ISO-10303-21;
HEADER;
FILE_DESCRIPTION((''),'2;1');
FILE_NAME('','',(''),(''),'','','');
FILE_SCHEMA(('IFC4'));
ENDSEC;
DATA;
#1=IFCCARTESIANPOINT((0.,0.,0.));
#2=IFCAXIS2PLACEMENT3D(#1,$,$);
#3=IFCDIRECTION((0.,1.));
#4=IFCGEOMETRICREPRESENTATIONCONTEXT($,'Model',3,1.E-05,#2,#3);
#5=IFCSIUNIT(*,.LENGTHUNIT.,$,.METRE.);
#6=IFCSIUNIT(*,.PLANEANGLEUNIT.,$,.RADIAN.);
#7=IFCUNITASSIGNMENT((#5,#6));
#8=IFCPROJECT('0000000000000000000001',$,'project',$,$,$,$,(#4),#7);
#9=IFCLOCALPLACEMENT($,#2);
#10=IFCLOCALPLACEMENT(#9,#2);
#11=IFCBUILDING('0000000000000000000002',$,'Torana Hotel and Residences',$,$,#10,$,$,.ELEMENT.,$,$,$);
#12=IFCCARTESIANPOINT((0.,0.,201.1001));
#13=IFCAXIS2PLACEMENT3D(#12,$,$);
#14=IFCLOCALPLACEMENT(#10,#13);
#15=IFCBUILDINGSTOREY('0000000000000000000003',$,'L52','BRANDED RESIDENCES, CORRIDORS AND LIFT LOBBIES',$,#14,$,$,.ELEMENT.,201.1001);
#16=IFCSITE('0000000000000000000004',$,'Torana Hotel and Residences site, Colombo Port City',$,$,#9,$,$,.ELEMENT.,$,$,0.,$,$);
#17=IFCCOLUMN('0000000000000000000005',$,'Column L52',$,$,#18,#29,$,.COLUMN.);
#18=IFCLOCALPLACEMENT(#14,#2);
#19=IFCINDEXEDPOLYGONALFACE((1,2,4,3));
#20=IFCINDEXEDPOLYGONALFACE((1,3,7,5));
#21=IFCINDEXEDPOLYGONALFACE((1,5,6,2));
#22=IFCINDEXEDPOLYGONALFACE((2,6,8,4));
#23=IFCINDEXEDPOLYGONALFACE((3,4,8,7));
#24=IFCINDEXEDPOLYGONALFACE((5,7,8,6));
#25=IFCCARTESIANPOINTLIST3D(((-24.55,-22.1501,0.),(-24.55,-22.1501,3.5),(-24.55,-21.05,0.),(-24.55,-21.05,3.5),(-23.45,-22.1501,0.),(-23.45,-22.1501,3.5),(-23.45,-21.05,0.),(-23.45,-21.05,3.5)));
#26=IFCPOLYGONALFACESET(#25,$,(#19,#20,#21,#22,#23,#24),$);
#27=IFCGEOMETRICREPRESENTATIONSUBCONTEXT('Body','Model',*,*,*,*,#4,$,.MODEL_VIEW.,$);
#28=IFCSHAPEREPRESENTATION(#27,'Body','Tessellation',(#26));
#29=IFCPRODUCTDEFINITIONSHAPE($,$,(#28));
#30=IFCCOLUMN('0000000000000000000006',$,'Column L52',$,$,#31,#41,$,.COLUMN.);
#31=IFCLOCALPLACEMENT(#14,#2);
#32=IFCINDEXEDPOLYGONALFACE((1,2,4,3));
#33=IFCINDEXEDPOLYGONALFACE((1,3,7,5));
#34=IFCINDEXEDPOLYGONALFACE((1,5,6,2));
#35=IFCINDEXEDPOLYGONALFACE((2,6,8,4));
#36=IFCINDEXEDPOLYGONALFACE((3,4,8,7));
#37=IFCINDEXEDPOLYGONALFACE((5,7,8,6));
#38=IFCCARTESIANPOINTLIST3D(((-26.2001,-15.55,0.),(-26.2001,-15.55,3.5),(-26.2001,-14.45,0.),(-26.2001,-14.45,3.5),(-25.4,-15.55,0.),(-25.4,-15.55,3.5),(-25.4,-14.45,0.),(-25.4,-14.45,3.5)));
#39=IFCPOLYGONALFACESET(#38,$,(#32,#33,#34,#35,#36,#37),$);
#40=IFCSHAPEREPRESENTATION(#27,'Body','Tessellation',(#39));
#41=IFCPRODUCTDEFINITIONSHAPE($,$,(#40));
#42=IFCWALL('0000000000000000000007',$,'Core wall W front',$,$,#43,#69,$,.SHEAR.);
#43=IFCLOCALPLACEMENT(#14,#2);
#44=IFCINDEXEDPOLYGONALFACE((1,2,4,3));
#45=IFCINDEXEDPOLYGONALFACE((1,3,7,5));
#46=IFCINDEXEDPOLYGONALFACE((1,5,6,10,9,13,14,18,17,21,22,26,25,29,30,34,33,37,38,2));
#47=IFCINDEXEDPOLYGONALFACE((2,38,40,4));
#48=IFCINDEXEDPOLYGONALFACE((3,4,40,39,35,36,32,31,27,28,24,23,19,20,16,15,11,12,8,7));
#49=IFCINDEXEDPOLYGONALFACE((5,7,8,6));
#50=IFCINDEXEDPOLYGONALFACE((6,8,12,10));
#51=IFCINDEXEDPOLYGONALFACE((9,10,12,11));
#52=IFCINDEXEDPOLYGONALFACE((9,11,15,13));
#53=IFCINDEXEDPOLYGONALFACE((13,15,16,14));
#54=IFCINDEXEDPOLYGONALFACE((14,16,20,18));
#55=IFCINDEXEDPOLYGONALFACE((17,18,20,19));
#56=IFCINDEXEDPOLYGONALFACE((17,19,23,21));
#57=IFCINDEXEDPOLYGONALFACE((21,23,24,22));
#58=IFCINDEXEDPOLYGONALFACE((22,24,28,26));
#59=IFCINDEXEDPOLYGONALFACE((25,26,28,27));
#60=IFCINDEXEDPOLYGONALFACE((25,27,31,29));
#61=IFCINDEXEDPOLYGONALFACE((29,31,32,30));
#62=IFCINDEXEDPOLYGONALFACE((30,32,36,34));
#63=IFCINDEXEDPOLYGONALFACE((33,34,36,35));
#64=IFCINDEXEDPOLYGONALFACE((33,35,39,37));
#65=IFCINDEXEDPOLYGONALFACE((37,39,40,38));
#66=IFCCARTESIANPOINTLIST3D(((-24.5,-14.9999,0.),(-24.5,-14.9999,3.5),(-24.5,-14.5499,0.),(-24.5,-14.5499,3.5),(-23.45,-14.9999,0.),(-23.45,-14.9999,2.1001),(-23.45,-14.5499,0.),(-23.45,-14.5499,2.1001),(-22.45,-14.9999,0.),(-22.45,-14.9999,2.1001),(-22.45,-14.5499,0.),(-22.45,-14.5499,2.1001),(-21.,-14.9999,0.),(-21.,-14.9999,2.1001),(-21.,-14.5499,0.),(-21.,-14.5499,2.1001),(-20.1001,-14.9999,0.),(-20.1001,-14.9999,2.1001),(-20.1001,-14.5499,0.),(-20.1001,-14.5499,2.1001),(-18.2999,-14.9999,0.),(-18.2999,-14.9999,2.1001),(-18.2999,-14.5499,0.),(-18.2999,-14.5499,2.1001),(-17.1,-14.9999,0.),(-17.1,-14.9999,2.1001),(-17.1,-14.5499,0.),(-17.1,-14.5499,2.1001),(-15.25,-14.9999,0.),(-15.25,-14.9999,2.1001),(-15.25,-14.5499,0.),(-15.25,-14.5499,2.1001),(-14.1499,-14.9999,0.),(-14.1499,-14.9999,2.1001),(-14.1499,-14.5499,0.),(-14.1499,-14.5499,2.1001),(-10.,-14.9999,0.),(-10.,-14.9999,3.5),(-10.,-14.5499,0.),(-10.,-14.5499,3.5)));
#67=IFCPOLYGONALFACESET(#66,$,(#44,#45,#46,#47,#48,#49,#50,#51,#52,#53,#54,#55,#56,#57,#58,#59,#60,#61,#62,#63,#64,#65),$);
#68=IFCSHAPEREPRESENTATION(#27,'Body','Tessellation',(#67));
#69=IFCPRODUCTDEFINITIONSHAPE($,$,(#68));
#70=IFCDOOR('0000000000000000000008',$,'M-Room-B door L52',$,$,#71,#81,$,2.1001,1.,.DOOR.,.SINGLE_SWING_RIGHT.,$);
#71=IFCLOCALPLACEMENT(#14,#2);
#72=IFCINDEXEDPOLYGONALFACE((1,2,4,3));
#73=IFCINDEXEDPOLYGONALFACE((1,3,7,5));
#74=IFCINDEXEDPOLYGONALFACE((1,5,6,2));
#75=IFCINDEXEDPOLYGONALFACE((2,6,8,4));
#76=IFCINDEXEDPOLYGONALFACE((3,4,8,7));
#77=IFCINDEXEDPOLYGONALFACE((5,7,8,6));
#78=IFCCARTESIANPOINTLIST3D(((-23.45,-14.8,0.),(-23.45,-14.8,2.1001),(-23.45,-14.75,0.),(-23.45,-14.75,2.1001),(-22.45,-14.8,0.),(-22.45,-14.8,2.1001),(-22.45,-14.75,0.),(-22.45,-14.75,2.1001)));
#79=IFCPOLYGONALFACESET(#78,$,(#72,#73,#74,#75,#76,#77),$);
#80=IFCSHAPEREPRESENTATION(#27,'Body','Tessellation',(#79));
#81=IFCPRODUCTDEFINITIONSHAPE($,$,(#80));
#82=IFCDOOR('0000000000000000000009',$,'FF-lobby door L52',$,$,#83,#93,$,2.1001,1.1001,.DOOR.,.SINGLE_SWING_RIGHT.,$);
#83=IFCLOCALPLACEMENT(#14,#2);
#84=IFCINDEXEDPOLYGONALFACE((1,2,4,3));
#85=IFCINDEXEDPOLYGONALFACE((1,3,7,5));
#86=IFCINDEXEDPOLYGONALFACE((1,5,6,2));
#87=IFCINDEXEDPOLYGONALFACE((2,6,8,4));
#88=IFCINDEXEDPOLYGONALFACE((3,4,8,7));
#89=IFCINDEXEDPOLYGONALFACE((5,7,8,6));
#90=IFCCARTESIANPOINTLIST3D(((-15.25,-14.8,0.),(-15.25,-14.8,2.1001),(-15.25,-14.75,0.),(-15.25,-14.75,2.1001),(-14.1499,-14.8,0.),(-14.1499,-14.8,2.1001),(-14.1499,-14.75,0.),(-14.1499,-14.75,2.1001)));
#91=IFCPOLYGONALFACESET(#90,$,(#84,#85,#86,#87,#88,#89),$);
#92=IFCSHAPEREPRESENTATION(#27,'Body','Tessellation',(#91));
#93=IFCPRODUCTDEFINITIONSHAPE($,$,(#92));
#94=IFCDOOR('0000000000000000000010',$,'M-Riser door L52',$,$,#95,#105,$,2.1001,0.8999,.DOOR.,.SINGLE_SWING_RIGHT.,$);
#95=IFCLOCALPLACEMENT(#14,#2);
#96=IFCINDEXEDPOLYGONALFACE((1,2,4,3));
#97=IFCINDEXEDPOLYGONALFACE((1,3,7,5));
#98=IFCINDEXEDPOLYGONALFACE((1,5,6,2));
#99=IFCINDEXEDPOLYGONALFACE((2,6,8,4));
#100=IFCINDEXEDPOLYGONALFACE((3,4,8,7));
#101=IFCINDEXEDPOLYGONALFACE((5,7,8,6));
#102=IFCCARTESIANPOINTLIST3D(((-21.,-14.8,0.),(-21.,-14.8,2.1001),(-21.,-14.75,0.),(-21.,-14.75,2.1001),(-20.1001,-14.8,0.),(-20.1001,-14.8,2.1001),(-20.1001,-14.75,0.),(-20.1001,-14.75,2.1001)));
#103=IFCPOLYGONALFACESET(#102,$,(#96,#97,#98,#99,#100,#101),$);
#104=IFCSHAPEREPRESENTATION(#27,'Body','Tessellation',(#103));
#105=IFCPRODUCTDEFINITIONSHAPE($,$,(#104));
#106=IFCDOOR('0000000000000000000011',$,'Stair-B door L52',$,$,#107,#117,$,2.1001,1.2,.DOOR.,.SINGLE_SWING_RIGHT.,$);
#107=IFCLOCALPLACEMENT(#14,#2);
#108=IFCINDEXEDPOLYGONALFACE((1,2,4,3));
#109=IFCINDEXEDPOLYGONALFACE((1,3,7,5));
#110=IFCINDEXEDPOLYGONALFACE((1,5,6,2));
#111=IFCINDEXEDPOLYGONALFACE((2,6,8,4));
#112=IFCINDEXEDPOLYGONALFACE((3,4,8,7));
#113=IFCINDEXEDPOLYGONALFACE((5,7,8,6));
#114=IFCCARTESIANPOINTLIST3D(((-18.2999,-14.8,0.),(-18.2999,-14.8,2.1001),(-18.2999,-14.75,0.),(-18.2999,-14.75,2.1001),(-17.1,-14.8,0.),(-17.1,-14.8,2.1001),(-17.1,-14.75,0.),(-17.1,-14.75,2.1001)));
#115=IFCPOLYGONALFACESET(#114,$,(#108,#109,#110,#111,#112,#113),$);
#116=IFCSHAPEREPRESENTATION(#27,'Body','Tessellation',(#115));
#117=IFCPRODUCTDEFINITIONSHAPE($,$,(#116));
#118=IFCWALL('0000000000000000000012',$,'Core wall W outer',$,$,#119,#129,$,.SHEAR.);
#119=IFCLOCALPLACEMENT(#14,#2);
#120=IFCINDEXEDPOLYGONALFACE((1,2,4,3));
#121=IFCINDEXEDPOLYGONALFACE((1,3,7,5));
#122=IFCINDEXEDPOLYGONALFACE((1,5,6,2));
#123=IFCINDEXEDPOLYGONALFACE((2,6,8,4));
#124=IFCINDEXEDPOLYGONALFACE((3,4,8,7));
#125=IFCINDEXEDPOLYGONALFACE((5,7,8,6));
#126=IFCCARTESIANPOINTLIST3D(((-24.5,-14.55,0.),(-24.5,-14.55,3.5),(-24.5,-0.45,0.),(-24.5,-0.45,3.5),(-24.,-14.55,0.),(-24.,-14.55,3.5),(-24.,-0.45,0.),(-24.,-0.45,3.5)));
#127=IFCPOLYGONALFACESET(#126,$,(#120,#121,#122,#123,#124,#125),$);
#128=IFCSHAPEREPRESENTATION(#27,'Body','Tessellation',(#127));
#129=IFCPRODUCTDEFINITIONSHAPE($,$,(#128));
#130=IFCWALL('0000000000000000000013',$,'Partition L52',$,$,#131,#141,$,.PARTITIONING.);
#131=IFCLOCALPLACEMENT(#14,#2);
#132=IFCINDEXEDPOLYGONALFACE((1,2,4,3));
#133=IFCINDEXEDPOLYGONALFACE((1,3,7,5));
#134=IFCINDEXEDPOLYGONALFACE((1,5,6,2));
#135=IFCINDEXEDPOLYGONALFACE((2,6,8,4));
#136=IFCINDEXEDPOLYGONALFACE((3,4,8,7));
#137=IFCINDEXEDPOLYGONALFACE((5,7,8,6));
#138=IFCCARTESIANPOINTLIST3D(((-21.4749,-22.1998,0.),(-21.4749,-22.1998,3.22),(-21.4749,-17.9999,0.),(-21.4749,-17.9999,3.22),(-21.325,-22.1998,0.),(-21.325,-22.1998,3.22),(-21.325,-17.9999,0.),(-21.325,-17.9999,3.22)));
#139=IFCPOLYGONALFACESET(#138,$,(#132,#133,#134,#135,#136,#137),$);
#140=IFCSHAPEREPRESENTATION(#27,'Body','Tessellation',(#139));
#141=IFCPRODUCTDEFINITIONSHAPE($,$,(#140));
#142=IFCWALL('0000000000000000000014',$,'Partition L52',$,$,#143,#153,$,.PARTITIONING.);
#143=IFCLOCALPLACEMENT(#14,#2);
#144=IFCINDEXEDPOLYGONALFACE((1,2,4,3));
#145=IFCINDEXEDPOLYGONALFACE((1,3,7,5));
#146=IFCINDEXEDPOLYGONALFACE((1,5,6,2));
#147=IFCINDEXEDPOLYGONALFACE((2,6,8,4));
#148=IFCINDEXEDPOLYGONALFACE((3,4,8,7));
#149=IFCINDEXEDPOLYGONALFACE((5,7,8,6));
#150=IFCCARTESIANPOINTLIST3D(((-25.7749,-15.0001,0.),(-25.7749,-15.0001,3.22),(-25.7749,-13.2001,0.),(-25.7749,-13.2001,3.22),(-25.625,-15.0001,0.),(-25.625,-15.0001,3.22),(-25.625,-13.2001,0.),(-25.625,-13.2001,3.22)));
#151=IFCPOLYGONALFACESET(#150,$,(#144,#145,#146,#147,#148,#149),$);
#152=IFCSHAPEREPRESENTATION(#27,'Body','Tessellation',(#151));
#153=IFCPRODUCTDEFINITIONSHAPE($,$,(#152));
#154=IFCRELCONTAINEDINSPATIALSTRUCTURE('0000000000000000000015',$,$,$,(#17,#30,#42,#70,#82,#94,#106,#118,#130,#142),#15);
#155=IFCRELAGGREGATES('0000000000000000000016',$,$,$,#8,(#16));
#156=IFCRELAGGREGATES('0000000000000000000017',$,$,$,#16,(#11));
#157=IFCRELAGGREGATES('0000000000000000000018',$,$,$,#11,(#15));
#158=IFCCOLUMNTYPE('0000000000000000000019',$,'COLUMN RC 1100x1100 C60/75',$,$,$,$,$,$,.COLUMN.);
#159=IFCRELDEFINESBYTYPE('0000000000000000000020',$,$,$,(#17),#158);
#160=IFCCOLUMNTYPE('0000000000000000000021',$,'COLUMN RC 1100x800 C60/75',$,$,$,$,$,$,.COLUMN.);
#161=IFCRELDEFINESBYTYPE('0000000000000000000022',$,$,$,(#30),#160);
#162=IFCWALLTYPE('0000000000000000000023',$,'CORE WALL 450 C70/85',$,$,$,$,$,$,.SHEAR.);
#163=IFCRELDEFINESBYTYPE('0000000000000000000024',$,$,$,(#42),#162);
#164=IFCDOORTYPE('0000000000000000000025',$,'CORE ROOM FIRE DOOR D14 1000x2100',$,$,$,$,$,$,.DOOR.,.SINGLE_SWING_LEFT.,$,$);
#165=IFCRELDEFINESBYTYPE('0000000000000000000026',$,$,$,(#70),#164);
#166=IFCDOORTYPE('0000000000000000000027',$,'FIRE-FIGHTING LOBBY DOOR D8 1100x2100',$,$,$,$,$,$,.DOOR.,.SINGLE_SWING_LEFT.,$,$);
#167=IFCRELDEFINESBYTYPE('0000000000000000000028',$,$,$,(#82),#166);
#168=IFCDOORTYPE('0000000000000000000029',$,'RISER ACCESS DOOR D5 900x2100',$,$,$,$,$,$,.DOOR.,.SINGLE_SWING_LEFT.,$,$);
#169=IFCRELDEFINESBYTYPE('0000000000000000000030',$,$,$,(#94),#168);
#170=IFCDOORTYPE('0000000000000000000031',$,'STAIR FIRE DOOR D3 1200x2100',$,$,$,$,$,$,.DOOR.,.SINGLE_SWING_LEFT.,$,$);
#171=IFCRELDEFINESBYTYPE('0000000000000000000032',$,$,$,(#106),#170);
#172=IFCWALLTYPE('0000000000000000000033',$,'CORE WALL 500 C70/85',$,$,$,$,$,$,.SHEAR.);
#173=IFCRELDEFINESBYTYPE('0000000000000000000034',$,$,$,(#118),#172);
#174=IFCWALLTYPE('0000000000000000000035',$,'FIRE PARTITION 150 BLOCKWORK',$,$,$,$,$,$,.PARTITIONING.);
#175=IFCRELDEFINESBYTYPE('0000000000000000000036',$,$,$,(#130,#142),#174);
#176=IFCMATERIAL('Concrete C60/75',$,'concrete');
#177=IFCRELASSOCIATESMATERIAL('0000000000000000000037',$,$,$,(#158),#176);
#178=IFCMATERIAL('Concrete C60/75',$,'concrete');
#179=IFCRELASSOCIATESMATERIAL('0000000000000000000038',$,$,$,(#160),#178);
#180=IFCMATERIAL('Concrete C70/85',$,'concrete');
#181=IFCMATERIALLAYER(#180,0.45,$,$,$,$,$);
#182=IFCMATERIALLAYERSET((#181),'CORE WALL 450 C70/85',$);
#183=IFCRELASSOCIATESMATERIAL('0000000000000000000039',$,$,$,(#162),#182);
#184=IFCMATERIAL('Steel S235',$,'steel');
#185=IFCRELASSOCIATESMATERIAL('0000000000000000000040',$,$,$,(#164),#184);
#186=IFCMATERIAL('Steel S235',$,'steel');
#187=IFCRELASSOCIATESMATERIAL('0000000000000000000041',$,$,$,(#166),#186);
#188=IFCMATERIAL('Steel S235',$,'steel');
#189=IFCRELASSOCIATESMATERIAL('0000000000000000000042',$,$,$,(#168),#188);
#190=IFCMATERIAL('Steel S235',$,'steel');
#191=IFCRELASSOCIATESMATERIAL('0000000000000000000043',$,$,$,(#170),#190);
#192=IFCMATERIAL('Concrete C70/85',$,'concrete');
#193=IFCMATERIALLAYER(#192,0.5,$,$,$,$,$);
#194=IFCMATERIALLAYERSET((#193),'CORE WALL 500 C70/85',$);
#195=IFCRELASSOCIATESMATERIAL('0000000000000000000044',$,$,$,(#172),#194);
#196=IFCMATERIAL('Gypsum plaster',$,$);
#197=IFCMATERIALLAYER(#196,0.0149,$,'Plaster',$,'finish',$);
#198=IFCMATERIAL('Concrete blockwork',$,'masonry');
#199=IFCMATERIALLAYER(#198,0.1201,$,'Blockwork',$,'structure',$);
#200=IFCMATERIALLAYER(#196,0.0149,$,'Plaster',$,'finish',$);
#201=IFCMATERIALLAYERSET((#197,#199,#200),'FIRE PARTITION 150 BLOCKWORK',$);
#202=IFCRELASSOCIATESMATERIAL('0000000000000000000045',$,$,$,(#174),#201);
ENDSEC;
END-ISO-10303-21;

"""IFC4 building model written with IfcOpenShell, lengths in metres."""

from ifc_helpers import new_model, si_unit, direction, frame, frame_2d, origin, origin_2d, place, context, subcontext, project, spatial, rectangle, extrude, material, layer, layer_set, material_profile, profile_set, type_object, element, fill, save


model = new_model("IFC4")

# Units and contexts
model_context = context("Model", 3, precision=1e-05, world=origin(), true_north=direction((0.0, 1.0)))
body_context = subcontext(model_context, "Body", "Model", "MODEL_VIEW")
ifc_project = project(units=[si_unit("LENGTHUNIT", "METRE"), si_unit("PLANEANGLEUNIT", "RADIAN")], contexts=[model_context])

# Site, building, storey
site_placement = place(None, origin())
site = spatial("IfcSite", under=ifc_project, at=site_placement, Name="Torana Hotel and Residences site, Colombo Port City", CompositionType="ELEMENT", RefElevation=0.0)
building_placement = place(site_placement, origin())
building = spatial("IfcBuilding", under=site, at=building_placement, Name="Torana Hotel and Residences", CompositionType="ELEMENT")
storey_placement = place(building_placement, frame((0.0, 0.0, 201.1001)))
storey = spatial("IfcBuildingStorey", under=building, at=storey_placement, Name="L52", Description="BRANDED RESIDENCES, CORRIDORS AND LIFT LOBBIES", CompositionType="ELEMENT", Elevation=201.1001)

# Columns
ifc_material_1 = material(Name="Concrete C60/75", Category="concrete")
ifc_material_profile_1 = material_profile(ifc_material_1, rectangle(XDim=1.1001, YDim=1.1001, at=origin_2d()), Name="RC 1100x1100")
ifc_profile_set_1 = profile_set([ifc_material_profile_1], Name="Concrete C60/75")
column_type_1 = type_object("IfcColumnType", Name="COLUMN RC 1100x1100 C60/75", PredefinedType="COLUMN", material=ifc_profile_set_1)
column_1_placement = place(storey_placement, frame((-24.0, -21.6001, 0.0), z_axis=(0.0, 0.0, 1.0), x_axis=(1.0, 0.0, 0.0)))
element("IfcColumn", 1, at=column_1_placement, inside=storey, type_object=column_type_1, Name="Column L52", PredefinedType="COLUMN", context=body_context, shape_type="SweptSolid", body=[
    extrude(rectangle(XDim=1.1001, YDim=1.1001, at=origin_2d()), origin(), (0.0, 0.0, 1.0), 3.5),
])
ifc_material_2 = material(Name="Concrete C60/75", Category="concrete")
ifc_material_profile_2 = material_profile(ifc_material_2, rectangle(XDim=1.1001, YDim=0.8, at=origin_2d()), Name="RC 1100x800")
ifc_profile_set_2 = profile_set([ifc_material_profile_2], Name="Concrete C60/75")
column_type_2 = type_object("IfcColumnType", Name="COLUMN RC 1100x800 C60/75", PredefinedType="COLUMN", material=ifc_profile_set_2)
column_2_placement = place(storey_placement, frame((-25.8, -15.0, 0.0), z_axis=(0.0, 0.0, 1.0), x_axis=(0.0, 1.0, 0.0)))
element("IfcColumn", 2, at=column_2_placement, inside=storey, type_object=column_type_2, Name="Column L52", PredefinedType="COLUMN", context=body_context, shape_type="SweptSolid", body=[
    extrude(rectangle(XDim=1.1001, YDim=0.8, at=origin_2d()), origin(), (0.0, 0.0, 1.0), 3.5),
])

# Wall, openings, doors
ifc_material_3 = material(Name="Concrete C70/85", Category="concrete")
ifc_layer_1 = layer(ifc_material_3, 0.45)
ifc_layer_set_1 = layer_set([ifc_layer_1], Name="CORE WALL 450 C70/85")
wall_type_1 = type_object("IfcWallType", Name="CORE WALL 450 C70/85", PredefinedType="SHEAR", material=ifc_layer_set_1)
wall_1_placement = place(storey_placement, frame((-24.5, -14.7749, 0.0), z_axis=(0.0, 0.0, 1.0), x_axis=(1.0, 0.0, 0.0)))
wall_1 = element("IfcWall", 3, at=wall_1_placement, inside=storey, type_object=wall_type_1, Name="Core wall W front", PredefinedType="SHEAR", context=body_context, shape_type="SweptSolid", body=[
    extrude(rectangle(XDim=14.5, YDim=0.45, at=frame_2d((7.25, 0.0))), origin(), (0.0, 0.0, 1.0), 3.5),
])
opening_1_placement = place(wall_1_placement, frame((6.2, 0.0, 0.0)))
opening_1 = element("IfcOpeningElement", 4, at=opening_1_placement, cuts=wall_1, PredefinedType="OPENING", context=body_context, shape_type="SweptSolid", body=[
    extrude(rectangle(XDim=1.2, YDim=2.1001, at=frame_2d((0.6001, 1.05))), frame((0.0, 0.2349, 0.0), z_axis=(0.0, -1.0, 0.0), x_axis=(1.0, 0.0, 0.0)), (0.0, 0.0, 1.0), 0.47),
])
opening_2_placement = place(wall_1_placement, frame((9.25, 0.0, 0.0)))
opening_2 = element("IfcOpeningElement", 5, at=opening_2_placement, cuts=wall_1, PredefinedType="OPENING", context=body_context, shape_type="SweptSolid", body=[
    extrude(rectangle(XDim=1.1001, YDim=2.1001, at=frame_2d((0.55, 1.05))), frame((0.0, 0.2349, 0.0), z_axis=(0.0, -1.0, 0.0), x_axis=(1.0, 0.0, 0.0)), (0.0, 0.0, 1.0), 0.47),
])
opening_3_placement = place(wall_1_placement, frame((3.5, 0.0, 0.0)))
opening_3 = element("IfcOpeningElement", 6, at=opening_3_placement, cuts=wall_1, PredefinedType="OPENING", context=body_context, shape_type="SweptSolid", body=[
    extrude(rectangle(XDim=0.8999, YDim=2.1001, at=frame_2d((0.45, 1.05))), frame((0.0, 0.2349, 0.0), z_axis=(0.0, -1.0, 0.0), x_axis=(1.0, 0.0, 0.0)), (0.0, 0.0, 1.0), 0.47),
])
opening_4_placement = place(wall_1_placement, frame((1.05, 0.0, 0.0)))
opening_4 = element("IfcOpeningElement", 7, at=opening_4_placement, cuts=wall_1, PredefinedType="OPENING", context=body_context, shape_type="SweptSolid", body=[
    extrude(rectangle(XDim=1.0, YDim=2.1001, at=frame_2d((0.5, 1.05))), frame((0.0, 0.2349, 0.0), z_axis=(0.0, -1.0, 0.0), x_axis=(1.0, 0.0, 0.0)), (0.0, 0.0, 1.0), 0.47),
])
ifc_material_4 = material(Name="Steel S235", Category="steel")
door_type_1 = type_object("IfcDoorType", Name="CORE ROOM FIRE DOOR D14 1000x2100", OperationType="SINGLE_SWING_LEFT", PredefinedType="DOOR", material=ifc_material_4)
door_1_placement = place(opening_4_placement, origin())
door_1 = element("IfcDoor", 8, at=door_1_placement, inside=storey, type_object=door_type_1, Name="M-Room-B door L52", OperationType="SINGLE_SWING_RIGHT", OverallHeight=2.1001, OverallWidth=1.0, PredefinedType="DOOR", context=body_context, shape_type="SweptSolid", body=[
    extrude(rectangle(XDim=1.0, YDim=2.1001, at=frame_2d((0.5, 1.05))), frame((0.0, 0.0249, 0.0), z_axis=(0.0, -1.0, 0.0), x_axis=(1.0, 0.0, 0.0)), (0.0, 0.0, 1.0), 0.05),
])
fill(opening_4, door_1)
ifc_material_5 = material(Name="Steel S235", Category="steel")
door_type_2 = type_object("IfcDoorType", Name="FIRE-FIGHTING LOBBY DOOR D8 1100x2100", OperationType="SINGLE_SWING_LEFT", PredefinedType="DOOR", material=ifc_material_5)
door_2_placement = place(opening_2_placement, origin())
door_2 = element("IfcDoor", 9, at=door_2_placement, inside=storey, type_object=door_type_2, Name="FF-lobby door L52", OperationType="SINGLE_SWING_RIGHT", OverallHeight=2.1001, OverallWidth=1.1001, PredefinedType="DOOR", context=body_context, shape_type="SweptSolid", body=[
    extrude(rectangle(XDim=1.1001, YDim=2.1001, at=frame_2d((0.55, 1.05))), frame((0.0, 0.0249, 0.0), z_axis=(0.0, -1.0, 0.0), x_axis=(1.0, 0.0, 0.0)), (0.0, 0.0, 1.0), 0.05),
])
fill(opening_2, door_2)
ifc_material_6 = material(Name="Steel S235", Category="steel")
door_type_3 = type_object("IfcDoorType", Name="RISER ACCESS DOOR D5 900x2100", OperationType="SINGLE_SWING_LEFT", PredefinedType="DOOR", material=ifc_material_6)
door_3_placement = place(opening_3_placement, origin())
door_3 = element("IfcDoor", 10, at=door_3_placement, inside=storey, type_object=door_type_3, Name="M-Riser door L52", OperationType="SINGLE_SWING_RIGHT", OverallHeight=2.1001, OverallWidth=0.8999, PredefinedType="DOOR", context=body_context, shape_type="SweptSolid", body=[
    extrude(rectangle(XDim=0.8999, YDim=2.1001, at=frame_2d((0.45, 1.05))), frame((0.0, 0.0249, 0.0), z_axis=(0.0, -1.0, 0.0), x_axis=(1.0, 0.0, 0.0)), (0.0, 0.0, 1.0), 0.05),
])
fill(opening_3, door_3)
ifc_material_7 = material(Name="Steel S235", Category="steel")
door_type_4 = type_object("IfcDoorType", Name="STAIR FIRE DOOR D3 1200x2100", OperationType="SINGLE_SWING_LEFT", PredefinedType="DOOR", material=ifc_material_7)
door_4_placement = place(opening_1_placement, origin())
door_4 = element("IfcDoor", 11, at=door_4_placement, inside=storey, type_object=door_type_4, Name="Stair-B door L52", OperationType="SINGLE_SWING_RIGHT", OverallHeight=2.1001, OverallWidth=1.2, PredefinedType="DOOR", context=body_context, shape_type="SweptSolid", body=[
    extrude(rectangle(XDim=1.2, YDim=2.1001, at=frame_2d((0.6001, 1.05))), frame((0.0, 0.0249, 0.0), z_axis=(0.0, -1.0, 0.0), x_axis=(1.0, 0.0, 0.0)), (0.0, 0.0, 1.0), 0.05),
])
fill(opening_1, door_4)

# Walls
ifc_material_8 = material(Name="Concrete C70/85", Category="concrete")
ifc_layer_2 = layer(ifc_material_8, 0.5)
ifc_layer_set_2 = layer_set([ifc_layer_2], Name="CORE WALL 500 C70/85")
wall_type_2 = type_object("IfcWallType", Name="CORE WALL 500 C70/85", PredefinedType="SHEAR", material=ifc_layer_set_2)
wall_2_placement = place(storey_placement, frame((-24.25, -14.55, 0.0), z_axis=(0.0, 0.0, 1.0), x_axis=(0.0, 1.0, 0.0)))
element("IfcWall", 12, at=wall_2_placement, inside=storey, type_object=wall_type_2, Name="Core wall W outer", PredefinedType="SHEAR", context=body_context, shape_type="SweptSolid", body=[
    extrude(rectangle(XDim=14.1001, YDim=0.5, at=frame_2d((7.05, 0.0))), origin(), (0.0, 0.0, 1.0), 3.5),
])
ifc_material_9 = material(Name="Gypsum plaster")
ifc_layer_3 = layer(ifc_material_9, 0.0149, Name="Plaster", Category="finish")
ifc_material_10 = material(Name="Concrete blockwork", Category="masonry")
ifc_layer_4 = layer(ifc_material_10, 0.1201, Name="Blockwork", Category="structure")
ifc_layer_5 = layer(ifc_material_9, 0.0149, Name="Plaster", Category="finish")
ifc_layer_set_3 = layer_set([ifc_layer_3, ifc_layer_4, ifc_layer_5], Name="FIRE PARTITION 150 BLOCKWORK")
wall_type_3 = type_object("IfcWallType", Name="FIRE PARTITION 150 BLOCKWORK", PredefinedType="PARTITIONING", material=ifc_layer_set_3)
wall_3_placement = place(storey_placement, frame((-21.3999, -22.2, 0.0), z_axis=(0.0, 0.0, 1.0), x_axis=(0.0, 1.0, 0.0)))
element("IfcWall", 13, at=wall_3_placement, inside=storey, type_object=wall_type_3, Name="Partition L52", PredefinedType="PARTITIONING", context=body_context, shape_type="SweptSolid", body=[
    extrude(rectangle(XDim=4.2, YDim=0.1499, at=frame_2d((2.1001, 0.0))), origin(), (0.0, 0.0, 1.0), 3.22),
])
wall_4_placement = place(storey_placement, frame((-25.7, -15.0, 0.0), z_axis=(0.0, 0.0, 1.0), x_axis=(0.0, 1.0, 0.0)))
element("IfcWall", 14, at=wall_4_placement, inside=storey, type_object=wall_type_3, Name="Partition L52", PredefinedType="PARTITIONING", context=body_context, shape_type="SweptSolid", body=[
    extrude(rectangle(XDim=1.8, YDim=0.1499, at=frame_2d((0.8999, 0.0))), origin(), (0.0, 0.0, 1.0), 3.22),
])

save(model, "model.ifc")
